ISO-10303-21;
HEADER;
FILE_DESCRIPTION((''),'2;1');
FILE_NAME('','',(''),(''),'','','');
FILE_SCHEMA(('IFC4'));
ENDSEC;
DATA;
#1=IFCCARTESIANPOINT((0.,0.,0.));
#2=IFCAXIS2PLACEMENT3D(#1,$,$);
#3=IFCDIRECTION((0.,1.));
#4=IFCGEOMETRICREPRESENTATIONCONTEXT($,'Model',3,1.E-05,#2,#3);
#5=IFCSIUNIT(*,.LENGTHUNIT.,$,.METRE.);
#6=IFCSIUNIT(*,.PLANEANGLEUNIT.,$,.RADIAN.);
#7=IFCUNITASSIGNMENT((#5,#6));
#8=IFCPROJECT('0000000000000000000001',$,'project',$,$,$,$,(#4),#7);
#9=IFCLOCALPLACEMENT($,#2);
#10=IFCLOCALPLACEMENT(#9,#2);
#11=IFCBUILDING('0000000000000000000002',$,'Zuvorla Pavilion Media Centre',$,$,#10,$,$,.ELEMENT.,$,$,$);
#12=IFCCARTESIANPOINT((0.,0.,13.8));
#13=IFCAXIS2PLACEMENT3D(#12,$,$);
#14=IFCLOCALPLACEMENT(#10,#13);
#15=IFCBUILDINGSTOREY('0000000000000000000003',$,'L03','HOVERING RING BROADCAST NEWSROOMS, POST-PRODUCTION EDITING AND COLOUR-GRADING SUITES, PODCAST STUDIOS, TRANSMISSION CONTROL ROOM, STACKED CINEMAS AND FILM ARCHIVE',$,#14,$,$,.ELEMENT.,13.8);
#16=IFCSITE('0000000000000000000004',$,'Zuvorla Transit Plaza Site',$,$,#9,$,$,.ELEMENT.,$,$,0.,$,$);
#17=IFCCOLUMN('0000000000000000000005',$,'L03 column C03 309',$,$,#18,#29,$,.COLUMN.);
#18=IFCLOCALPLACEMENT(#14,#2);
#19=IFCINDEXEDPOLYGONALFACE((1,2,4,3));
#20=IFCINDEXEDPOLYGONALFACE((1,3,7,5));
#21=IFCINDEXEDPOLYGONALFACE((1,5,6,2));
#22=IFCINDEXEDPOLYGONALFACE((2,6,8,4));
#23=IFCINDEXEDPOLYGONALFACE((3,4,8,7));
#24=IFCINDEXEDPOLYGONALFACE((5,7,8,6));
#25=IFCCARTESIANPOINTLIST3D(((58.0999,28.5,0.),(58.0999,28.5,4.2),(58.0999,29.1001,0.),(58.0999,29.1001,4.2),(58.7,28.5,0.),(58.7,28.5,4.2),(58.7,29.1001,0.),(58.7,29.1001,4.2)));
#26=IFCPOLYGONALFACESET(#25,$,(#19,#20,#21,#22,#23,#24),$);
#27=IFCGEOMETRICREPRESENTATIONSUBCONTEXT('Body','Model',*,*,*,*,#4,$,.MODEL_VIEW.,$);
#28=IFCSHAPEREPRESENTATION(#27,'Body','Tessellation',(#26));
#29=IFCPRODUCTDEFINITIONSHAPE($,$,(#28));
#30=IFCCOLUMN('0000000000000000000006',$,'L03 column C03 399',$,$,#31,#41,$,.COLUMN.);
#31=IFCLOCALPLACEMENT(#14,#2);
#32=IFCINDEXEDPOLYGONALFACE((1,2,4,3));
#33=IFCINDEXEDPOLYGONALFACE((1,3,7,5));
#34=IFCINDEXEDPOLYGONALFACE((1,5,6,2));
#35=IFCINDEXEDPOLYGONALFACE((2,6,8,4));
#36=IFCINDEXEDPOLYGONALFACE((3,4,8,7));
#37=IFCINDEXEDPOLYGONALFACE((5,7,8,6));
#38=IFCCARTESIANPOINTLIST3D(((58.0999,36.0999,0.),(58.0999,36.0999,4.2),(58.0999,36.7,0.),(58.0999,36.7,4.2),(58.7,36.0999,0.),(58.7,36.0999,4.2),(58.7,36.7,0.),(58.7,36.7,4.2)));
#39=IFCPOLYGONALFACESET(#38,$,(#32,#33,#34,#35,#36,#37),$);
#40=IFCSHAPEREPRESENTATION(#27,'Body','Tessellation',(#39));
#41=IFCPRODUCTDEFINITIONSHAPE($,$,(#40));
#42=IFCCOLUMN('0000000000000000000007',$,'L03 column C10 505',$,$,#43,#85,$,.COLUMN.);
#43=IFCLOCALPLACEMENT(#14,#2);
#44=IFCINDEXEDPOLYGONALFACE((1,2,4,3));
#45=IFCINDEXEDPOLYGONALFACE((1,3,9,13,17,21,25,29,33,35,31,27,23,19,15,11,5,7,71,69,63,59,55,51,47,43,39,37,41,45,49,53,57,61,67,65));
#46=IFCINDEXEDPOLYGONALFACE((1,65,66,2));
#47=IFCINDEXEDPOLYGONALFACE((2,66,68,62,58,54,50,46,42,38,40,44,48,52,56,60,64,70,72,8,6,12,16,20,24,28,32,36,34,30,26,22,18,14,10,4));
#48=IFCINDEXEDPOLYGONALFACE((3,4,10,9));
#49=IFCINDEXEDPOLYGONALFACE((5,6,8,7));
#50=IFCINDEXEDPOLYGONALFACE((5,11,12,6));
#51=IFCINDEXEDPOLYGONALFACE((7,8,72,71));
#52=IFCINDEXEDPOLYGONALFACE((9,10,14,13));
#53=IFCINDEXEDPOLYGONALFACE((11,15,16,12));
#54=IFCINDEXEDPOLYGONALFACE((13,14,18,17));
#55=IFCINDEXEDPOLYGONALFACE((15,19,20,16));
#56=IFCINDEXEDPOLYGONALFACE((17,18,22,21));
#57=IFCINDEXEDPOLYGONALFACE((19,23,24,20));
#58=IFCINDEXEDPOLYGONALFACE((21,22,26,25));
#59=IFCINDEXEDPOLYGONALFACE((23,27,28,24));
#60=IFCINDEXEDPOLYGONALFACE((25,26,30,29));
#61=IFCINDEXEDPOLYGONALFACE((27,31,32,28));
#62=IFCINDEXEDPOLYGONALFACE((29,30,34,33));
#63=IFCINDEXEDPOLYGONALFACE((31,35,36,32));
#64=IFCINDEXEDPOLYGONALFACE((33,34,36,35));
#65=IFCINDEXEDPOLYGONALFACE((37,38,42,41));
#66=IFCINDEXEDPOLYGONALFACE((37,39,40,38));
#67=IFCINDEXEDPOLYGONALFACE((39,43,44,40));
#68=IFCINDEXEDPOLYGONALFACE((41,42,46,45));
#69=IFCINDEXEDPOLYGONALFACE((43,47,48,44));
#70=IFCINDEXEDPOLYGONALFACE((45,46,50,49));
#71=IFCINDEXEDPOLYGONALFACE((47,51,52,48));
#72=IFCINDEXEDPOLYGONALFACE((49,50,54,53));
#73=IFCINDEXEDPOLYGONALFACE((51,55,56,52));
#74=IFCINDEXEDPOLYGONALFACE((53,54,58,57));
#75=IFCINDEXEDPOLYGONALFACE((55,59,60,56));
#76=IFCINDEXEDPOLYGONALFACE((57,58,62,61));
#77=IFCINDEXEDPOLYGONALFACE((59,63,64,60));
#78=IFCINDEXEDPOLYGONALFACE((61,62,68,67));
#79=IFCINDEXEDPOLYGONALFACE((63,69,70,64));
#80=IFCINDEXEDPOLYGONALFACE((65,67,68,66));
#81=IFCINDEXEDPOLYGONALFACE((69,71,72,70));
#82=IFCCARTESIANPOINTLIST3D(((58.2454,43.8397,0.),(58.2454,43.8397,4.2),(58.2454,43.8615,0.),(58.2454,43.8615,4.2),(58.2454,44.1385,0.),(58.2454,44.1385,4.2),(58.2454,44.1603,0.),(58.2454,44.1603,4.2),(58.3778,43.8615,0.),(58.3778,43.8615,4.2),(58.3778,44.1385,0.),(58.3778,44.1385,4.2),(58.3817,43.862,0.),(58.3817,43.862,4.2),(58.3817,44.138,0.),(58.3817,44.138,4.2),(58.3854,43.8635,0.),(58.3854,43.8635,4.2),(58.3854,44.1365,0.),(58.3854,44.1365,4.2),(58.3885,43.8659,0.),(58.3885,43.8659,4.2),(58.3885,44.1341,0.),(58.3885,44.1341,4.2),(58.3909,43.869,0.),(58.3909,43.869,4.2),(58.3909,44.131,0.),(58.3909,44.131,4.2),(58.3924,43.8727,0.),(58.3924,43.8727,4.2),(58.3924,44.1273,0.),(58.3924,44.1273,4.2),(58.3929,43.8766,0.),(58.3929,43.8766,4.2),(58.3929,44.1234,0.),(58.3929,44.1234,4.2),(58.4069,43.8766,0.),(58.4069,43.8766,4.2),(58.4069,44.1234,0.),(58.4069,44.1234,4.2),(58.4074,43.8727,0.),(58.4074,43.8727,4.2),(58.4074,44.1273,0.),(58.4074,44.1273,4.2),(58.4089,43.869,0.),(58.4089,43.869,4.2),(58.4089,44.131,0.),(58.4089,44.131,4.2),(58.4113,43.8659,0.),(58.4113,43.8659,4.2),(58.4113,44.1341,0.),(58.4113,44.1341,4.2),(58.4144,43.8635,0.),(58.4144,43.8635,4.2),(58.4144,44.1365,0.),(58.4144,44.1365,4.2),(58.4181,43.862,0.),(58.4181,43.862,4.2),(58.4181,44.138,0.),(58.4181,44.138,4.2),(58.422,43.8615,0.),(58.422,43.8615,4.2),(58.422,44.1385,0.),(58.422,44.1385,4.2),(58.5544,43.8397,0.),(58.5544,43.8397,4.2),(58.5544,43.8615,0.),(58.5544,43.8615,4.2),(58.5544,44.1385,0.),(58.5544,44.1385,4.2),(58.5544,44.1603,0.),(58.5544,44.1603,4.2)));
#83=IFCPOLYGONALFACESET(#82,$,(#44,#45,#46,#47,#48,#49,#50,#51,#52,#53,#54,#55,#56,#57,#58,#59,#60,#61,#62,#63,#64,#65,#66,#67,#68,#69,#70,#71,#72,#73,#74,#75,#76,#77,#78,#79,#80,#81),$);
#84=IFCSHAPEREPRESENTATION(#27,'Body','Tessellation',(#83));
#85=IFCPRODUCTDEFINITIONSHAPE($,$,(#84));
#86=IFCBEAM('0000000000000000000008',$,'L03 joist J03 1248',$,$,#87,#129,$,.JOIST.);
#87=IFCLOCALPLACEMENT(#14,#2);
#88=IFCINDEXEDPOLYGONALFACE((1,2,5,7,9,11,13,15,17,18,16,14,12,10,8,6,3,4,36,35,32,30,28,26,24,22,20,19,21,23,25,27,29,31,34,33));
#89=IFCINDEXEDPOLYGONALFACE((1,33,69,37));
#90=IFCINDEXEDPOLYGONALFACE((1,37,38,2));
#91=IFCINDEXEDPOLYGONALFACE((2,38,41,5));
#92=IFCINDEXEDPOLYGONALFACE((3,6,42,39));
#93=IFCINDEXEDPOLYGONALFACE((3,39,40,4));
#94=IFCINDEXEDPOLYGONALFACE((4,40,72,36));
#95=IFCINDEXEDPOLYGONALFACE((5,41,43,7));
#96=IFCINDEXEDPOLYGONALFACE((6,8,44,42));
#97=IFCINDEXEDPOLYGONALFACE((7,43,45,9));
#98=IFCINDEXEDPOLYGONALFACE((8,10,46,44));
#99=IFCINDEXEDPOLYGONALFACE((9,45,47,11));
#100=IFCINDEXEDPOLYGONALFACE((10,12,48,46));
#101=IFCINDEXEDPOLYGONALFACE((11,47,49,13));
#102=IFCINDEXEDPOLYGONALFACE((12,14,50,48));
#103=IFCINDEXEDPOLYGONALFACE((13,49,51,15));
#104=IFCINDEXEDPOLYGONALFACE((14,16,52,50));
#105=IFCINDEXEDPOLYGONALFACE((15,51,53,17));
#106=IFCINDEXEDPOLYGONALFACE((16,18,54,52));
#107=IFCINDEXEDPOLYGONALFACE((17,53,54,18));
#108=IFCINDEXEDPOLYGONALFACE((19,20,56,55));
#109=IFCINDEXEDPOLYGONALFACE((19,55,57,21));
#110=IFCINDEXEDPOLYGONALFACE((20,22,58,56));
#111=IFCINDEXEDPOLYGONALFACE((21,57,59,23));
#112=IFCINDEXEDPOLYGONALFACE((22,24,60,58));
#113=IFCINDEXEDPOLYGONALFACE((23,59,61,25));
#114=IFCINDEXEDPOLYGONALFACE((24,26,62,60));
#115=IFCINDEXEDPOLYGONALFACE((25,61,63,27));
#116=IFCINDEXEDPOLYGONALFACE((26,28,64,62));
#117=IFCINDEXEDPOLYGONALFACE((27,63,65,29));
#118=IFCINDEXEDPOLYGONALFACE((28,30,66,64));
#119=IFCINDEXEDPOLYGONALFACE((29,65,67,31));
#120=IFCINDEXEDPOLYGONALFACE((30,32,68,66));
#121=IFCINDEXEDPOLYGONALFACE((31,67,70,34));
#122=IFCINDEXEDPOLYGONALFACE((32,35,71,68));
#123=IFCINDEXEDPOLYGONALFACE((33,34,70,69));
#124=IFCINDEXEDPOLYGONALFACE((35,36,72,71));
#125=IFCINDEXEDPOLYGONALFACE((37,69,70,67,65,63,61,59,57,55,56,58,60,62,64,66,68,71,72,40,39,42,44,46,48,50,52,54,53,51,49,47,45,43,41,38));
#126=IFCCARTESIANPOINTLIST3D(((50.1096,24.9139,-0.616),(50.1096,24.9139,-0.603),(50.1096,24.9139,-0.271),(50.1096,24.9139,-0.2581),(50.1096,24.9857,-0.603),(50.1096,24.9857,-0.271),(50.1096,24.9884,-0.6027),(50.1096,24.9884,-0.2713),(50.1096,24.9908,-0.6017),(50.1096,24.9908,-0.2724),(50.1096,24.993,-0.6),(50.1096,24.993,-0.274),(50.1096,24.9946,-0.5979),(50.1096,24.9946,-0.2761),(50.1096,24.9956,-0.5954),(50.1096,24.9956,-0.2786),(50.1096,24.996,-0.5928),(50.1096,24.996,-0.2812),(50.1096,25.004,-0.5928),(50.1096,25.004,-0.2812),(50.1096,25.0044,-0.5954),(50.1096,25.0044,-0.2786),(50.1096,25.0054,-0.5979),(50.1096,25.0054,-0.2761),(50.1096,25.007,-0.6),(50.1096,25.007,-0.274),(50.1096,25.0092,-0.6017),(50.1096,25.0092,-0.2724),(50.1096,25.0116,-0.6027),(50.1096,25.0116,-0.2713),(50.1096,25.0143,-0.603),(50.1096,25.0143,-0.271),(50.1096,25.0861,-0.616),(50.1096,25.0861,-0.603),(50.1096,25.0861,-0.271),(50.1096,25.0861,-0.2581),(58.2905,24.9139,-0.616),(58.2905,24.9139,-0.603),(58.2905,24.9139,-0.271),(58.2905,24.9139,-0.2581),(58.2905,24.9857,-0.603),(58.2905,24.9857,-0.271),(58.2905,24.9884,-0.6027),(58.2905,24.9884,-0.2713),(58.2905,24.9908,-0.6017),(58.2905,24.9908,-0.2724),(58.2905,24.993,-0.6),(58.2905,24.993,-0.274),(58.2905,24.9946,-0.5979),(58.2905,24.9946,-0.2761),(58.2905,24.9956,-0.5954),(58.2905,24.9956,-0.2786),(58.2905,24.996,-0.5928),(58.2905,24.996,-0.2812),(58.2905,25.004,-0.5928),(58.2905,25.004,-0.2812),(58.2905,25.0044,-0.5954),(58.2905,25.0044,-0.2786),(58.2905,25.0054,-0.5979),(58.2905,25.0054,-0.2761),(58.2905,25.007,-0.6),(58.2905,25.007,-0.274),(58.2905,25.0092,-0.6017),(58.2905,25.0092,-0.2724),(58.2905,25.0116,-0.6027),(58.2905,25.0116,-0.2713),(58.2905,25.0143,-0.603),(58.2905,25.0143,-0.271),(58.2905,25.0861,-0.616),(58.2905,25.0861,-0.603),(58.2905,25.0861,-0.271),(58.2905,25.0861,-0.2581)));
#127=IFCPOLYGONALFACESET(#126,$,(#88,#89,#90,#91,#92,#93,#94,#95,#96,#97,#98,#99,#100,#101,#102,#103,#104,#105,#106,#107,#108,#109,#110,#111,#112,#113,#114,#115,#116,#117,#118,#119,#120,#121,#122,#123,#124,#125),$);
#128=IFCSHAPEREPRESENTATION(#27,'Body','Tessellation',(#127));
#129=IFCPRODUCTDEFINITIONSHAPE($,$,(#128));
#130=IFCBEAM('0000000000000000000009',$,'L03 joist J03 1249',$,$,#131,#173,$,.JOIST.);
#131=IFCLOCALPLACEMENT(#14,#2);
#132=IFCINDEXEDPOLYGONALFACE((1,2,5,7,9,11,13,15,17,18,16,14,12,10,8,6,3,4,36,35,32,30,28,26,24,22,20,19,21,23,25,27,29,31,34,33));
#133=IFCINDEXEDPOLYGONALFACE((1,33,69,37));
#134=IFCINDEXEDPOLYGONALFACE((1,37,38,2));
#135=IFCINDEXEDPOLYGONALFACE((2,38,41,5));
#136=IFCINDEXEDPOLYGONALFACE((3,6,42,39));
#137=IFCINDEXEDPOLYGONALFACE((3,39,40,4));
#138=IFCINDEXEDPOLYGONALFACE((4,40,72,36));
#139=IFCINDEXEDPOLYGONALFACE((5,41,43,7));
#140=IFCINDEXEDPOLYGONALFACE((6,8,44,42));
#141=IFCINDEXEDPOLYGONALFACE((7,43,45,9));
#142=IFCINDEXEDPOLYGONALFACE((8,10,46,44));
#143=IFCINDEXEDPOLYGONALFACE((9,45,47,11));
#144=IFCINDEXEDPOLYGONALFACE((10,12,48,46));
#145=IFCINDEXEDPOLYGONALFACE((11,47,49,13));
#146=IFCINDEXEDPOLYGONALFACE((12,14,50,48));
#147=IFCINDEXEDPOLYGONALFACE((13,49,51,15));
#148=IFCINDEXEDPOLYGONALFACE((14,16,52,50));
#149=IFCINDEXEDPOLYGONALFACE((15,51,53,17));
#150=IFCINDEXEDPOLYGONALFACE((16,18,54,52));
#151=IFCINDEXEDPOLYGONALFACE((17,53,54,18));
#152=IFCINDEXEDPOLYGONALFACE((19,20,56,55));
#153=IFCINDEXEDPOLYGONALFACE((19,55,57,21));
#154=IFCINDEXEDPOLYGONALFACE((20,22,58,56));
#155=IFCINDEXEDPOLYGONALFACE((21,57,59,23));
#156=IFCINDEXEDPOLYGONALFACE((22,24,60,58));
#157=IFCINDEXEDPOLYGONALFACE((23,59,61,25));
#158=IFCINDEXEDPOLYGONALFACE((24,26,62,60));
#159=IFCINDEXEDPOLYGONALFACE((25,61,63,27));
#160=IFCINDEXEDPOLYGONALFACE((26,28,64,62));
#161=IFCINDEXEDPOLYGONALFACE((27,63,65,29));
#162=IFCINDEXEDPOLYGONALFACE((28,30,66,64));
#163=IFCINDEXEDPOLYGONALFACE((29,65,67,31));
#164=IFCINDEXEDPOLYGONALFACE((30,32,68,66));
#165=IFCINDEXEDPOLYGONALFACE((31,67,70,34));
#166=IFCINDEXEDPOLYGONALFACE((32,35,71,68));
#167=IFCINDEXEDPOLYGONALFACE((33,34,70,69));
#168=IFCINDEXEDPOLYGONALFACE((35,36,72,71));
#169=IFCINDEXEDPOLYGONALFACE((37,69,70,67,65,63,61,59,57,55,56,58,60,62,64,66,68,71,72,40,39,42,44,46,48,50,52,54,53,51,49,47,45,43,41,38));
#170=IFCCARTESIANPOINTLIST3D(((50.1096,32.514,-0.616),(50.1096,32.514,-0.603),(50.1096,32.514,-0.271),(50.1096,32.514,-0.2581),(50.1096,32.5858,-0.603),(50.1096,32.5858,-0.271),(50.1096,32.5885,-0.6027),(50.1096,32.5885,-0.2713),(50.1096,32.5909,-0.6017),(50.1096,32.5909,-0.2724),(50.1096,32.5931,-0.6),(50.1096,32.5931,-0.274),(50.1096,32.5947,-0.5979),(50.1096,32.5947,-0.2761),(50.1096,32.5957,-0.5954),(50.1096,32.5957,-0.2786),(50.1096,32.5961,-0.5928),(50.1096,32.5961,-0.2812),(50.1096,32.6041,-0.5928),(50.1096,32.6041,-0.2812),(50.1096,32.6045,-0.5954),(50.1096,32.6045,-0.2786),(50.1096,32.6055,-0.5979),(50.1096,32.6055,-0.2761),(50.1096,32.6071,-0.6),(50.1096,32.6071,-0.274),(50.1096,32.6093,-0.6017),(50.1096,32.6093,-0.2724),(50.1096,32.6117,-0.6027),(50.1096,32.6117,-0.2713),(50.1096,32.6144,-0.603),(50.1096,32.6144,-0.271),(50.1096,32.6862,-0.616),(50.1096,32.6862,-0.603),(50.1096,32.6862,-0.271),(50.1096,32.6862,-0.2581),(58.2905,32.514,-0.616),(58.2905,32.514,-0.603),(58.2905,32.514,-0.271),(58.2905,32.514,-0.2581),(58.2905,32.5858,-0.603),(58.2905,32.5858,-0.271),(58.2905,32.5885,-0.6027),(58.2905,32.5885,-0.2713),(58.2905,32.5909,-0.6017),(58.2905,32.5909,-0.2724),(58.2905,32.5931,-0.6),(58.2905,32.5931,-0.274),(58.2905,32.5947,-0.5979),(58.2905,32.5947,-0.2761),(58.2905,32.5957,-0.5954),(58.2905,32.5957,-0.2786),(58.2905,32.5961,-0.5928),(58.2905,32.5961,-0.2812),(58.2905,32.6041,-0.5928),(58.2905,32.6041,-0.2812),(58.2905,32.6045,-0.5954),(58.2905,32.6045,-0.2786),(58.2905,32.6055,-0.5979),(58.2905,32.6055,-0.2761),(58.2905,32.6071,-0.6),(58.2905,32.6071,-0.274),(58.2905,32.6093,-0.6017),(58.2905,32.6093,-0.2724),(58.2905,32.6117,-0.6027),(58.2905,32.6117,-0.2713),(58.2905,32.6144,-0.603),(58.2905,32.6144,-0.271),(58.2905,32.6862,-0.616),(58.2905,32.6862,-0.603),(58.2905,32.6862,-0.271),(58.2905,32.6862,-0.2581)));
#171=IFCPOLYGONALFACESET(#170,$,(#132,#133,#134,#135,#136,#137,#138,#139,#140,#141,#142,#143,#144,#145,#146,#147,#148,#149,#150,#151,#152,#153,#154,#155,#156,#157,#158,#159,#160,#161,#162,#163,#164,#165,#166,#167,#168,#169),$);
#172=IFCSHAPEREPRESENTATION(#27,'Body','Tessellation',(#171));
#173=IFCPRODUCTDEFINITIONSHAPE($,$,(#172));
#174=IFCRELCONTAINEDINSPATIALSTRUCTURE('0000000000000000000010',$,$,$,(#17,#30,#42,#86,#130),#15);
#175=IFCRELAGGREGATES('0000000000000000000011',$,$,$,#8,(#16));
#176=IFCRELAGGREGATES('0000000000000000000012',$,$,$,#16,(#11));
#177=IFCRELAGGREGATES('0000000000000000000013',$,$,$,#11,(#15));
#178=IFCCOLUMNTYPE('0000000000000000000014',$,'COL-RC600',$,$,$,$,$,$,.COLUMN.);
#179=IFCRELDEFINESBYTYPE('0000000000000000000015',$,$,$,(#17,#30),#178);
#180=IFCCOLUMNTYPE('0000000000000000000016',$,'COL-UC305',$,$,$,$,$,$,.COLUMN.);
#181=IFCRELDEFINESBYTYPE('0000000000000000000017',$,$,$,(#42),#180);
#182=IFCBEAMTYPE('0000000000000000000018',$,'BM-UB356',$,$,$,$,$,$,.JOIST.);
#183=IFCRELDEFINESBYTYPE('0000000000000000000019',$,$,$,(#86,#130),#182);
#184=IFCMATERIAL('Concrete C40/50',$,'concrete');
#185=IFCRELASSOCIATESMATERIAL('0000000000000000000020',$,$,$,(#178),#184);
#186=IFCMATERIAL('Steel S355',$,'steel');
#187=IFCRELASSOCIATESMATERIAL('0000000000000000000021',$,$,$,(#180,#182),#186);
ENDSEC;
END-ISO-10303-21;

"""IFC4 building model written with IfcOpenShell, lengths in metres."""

from ifc_helpers import new_model, si_unit, direction, frame, origin, origin_2d, place, context, subcontext, project, spatial, rectangle, i_section, extrude, material, material_profile, profile_set, type_object, element, save


model = new_model("IFC4")

# Units and contexts
model_context = context("Model", 3, precision=1e-05, world=origin(), true_north=direction((0.0, 1.0)))
body_context = subcontext(model_context, "Body", "Model", "MODEL_VIEW")
ifc_project = project(units=[si_unit("LENGTHUNIT", "METRE"), si_unit("PLANEANGLEUNIT", "RADIAN")], contexts=[model_context])

# Site, building, storey
site_placement = place(None, origin())
site = spatial("IfcSite", under=ifc_project, at=site_placement, Name="Zuvorla Transit Plaza Site", CompositionType="ELEMENT", RefElevation=0.0)
building_placement = place(site_placement, origin())
building = spatial("IfcBuilding", under=site, at=building_placement, Name="Zuvorla Pavilion Media Centre", CompositionType="ELEMENT")
storey_placement = place(building_placement, frame((0.0, 0.0, 13.8)))
storey = spatial("IfcBuildingStorey", under=building, at=storey_placement, Name="L03", Description="HOVERING RING BROADCAST NEWSROOMS, POST-PRODUCTION EDITING AND COLOUR-GRADING SUITES, PODCAST STUDIOS, TRANSMISSION CONTROL ROOM, STACKED CINEMAS AND FILM ARCHIVE", CompositionType="ELEMENT", Elevation=13.8)

# Columns
ifc_material_1 = material(Name="Concrete C40/50", Category="concrete")
ifc_material_profile_1 = material_profile(ifc_material_1, rectangle(XDim=0.6001, YDim=0.6001, at=origin_2d()), Name="RC 600x600")
ifc_profile_set_1 = profile_set([ifc_material_profile_1], Name="Concrete C40/50")
column_type_1 = type_object("IfcColumnType", Name="COL-RC600", PredefinedType="COLUMN", material=ifc_profile_set_1)
for number, where, z_axis, x_axis, name in (
    (1, (58.3999, 28.8, 0.0), (0.0, 0.0, 1.0), (1.0, 0.0, 0.0), "L03 column C03 309"),
    (2, (58.3999, 36.3999, 0.0), (0.0, 0.0, 1.0), (1.0, 0.0, 0.0), "L03 column C03 399"),
):
    element("IfcColumn", number, at=place(storey_placement, frame(where, z_axis=z_axis, x_axis=x_axis)), inside=storey, type_object=column_type_1, Name=name, PredefinedType="COLUMN", context=body_context, shape_type="SweptSolid", body=[
        extrude(rectangle(XDim=0.6001, YDim=0.6001, at=origin_2d()), origin(), (0.0, 0.0, 1.0), 4.2),
    ])
ifc_material_2 = material(Name="Steel S355", Category="steel")
ifc_material_profile_2 = material_profile(ifc_material_2, i_section(OverallWidth=0.3091, OverallDepth=0.3206, WebThickness=0.0139, FlangeThickness=0.0217, FilletRadius=0.0151, at=origin_2d()), Name="UC 305x305x137")
ifc_profile_set_2 = profile_set([ifc_material_profile_2], Name="Steel S355")
column_type_2 = type_object("IfcColumnType", Name="COL-UC305", PredefinedType="COLUMN", material=ifc_profile_set_2)
column_placement = place(storey_placement, frame((58.3999, 44.0, 0.0), z_axis=(0.0, 0.0, 1.0), x_axis=(1.0, 0.0, 0.0)))
element("IfcColumn", 3, at=column_placement, inside=storey, type_object=column_type_2, Name="L03 column C10 505", PredefinedType="COLUMN", context=body_context, shape_type="SweptSolid", body=[
    extrude(i_section(OverallWidth=0.3091, OverallDepth=0.3206, WebThickness=0.0139, FlangeThickness=0.0217, FilletRadius=0.0151, at=origin_2d()), origin(), (0.0, 0.0, 1.0), 4.2),
])

# Beams
ifc_material_profile_3 = material_profile(ifc_material_2, i_section(OverallWidth=0.1721, OverallDepth=0.3579, WebThickness=0.0081, FlangeThickness=0.0129, FilletRadius=0.0103, at=origin_2d()), Name="UB 356x171x57")
ifc_profile_set_3 = profile_set([ifc_material_profile_3], Name="Steel S355")
beam_type_1 = type_object("IfcBeamType", Name="BM-UB356", PredefinedType="JOIST", material=ifc_profile_set_3)
for number, where, z_axis, x_axis, name in (
    (4, (50.1096, 25.0, -0.437), (1.0, 0.0, 0.0), (0.0, 1.0, 0.0), "L03 joist J03 1248"),
    (5, (50.1096, 32.6001, -0.437), (1.0, 0.0, 0.0), (0.0, 1.0, 0.0), "L03 joist J03 1249"),
):
    element("IfcBeam", number, at=place(storey_placement, frame(where, z_axis=z_axis, x_axis=x_axis)), inside=storey, type_object=beam_type_1, Name=name, PredefinedType="JOIST", context=body_context, shape_type="SweptSolid", body=[
        extrude(i_section(OverallWidth=0.1721, OverallDepth=0.3579, WebThickness=0.0081, FlangeThickness=0.0129, FilletRadius=0.0103, at=origin_2d()), origin(), (0.0, 0.0, 1.0), 8.1809),
    ])

save(model, "model.ifc")
